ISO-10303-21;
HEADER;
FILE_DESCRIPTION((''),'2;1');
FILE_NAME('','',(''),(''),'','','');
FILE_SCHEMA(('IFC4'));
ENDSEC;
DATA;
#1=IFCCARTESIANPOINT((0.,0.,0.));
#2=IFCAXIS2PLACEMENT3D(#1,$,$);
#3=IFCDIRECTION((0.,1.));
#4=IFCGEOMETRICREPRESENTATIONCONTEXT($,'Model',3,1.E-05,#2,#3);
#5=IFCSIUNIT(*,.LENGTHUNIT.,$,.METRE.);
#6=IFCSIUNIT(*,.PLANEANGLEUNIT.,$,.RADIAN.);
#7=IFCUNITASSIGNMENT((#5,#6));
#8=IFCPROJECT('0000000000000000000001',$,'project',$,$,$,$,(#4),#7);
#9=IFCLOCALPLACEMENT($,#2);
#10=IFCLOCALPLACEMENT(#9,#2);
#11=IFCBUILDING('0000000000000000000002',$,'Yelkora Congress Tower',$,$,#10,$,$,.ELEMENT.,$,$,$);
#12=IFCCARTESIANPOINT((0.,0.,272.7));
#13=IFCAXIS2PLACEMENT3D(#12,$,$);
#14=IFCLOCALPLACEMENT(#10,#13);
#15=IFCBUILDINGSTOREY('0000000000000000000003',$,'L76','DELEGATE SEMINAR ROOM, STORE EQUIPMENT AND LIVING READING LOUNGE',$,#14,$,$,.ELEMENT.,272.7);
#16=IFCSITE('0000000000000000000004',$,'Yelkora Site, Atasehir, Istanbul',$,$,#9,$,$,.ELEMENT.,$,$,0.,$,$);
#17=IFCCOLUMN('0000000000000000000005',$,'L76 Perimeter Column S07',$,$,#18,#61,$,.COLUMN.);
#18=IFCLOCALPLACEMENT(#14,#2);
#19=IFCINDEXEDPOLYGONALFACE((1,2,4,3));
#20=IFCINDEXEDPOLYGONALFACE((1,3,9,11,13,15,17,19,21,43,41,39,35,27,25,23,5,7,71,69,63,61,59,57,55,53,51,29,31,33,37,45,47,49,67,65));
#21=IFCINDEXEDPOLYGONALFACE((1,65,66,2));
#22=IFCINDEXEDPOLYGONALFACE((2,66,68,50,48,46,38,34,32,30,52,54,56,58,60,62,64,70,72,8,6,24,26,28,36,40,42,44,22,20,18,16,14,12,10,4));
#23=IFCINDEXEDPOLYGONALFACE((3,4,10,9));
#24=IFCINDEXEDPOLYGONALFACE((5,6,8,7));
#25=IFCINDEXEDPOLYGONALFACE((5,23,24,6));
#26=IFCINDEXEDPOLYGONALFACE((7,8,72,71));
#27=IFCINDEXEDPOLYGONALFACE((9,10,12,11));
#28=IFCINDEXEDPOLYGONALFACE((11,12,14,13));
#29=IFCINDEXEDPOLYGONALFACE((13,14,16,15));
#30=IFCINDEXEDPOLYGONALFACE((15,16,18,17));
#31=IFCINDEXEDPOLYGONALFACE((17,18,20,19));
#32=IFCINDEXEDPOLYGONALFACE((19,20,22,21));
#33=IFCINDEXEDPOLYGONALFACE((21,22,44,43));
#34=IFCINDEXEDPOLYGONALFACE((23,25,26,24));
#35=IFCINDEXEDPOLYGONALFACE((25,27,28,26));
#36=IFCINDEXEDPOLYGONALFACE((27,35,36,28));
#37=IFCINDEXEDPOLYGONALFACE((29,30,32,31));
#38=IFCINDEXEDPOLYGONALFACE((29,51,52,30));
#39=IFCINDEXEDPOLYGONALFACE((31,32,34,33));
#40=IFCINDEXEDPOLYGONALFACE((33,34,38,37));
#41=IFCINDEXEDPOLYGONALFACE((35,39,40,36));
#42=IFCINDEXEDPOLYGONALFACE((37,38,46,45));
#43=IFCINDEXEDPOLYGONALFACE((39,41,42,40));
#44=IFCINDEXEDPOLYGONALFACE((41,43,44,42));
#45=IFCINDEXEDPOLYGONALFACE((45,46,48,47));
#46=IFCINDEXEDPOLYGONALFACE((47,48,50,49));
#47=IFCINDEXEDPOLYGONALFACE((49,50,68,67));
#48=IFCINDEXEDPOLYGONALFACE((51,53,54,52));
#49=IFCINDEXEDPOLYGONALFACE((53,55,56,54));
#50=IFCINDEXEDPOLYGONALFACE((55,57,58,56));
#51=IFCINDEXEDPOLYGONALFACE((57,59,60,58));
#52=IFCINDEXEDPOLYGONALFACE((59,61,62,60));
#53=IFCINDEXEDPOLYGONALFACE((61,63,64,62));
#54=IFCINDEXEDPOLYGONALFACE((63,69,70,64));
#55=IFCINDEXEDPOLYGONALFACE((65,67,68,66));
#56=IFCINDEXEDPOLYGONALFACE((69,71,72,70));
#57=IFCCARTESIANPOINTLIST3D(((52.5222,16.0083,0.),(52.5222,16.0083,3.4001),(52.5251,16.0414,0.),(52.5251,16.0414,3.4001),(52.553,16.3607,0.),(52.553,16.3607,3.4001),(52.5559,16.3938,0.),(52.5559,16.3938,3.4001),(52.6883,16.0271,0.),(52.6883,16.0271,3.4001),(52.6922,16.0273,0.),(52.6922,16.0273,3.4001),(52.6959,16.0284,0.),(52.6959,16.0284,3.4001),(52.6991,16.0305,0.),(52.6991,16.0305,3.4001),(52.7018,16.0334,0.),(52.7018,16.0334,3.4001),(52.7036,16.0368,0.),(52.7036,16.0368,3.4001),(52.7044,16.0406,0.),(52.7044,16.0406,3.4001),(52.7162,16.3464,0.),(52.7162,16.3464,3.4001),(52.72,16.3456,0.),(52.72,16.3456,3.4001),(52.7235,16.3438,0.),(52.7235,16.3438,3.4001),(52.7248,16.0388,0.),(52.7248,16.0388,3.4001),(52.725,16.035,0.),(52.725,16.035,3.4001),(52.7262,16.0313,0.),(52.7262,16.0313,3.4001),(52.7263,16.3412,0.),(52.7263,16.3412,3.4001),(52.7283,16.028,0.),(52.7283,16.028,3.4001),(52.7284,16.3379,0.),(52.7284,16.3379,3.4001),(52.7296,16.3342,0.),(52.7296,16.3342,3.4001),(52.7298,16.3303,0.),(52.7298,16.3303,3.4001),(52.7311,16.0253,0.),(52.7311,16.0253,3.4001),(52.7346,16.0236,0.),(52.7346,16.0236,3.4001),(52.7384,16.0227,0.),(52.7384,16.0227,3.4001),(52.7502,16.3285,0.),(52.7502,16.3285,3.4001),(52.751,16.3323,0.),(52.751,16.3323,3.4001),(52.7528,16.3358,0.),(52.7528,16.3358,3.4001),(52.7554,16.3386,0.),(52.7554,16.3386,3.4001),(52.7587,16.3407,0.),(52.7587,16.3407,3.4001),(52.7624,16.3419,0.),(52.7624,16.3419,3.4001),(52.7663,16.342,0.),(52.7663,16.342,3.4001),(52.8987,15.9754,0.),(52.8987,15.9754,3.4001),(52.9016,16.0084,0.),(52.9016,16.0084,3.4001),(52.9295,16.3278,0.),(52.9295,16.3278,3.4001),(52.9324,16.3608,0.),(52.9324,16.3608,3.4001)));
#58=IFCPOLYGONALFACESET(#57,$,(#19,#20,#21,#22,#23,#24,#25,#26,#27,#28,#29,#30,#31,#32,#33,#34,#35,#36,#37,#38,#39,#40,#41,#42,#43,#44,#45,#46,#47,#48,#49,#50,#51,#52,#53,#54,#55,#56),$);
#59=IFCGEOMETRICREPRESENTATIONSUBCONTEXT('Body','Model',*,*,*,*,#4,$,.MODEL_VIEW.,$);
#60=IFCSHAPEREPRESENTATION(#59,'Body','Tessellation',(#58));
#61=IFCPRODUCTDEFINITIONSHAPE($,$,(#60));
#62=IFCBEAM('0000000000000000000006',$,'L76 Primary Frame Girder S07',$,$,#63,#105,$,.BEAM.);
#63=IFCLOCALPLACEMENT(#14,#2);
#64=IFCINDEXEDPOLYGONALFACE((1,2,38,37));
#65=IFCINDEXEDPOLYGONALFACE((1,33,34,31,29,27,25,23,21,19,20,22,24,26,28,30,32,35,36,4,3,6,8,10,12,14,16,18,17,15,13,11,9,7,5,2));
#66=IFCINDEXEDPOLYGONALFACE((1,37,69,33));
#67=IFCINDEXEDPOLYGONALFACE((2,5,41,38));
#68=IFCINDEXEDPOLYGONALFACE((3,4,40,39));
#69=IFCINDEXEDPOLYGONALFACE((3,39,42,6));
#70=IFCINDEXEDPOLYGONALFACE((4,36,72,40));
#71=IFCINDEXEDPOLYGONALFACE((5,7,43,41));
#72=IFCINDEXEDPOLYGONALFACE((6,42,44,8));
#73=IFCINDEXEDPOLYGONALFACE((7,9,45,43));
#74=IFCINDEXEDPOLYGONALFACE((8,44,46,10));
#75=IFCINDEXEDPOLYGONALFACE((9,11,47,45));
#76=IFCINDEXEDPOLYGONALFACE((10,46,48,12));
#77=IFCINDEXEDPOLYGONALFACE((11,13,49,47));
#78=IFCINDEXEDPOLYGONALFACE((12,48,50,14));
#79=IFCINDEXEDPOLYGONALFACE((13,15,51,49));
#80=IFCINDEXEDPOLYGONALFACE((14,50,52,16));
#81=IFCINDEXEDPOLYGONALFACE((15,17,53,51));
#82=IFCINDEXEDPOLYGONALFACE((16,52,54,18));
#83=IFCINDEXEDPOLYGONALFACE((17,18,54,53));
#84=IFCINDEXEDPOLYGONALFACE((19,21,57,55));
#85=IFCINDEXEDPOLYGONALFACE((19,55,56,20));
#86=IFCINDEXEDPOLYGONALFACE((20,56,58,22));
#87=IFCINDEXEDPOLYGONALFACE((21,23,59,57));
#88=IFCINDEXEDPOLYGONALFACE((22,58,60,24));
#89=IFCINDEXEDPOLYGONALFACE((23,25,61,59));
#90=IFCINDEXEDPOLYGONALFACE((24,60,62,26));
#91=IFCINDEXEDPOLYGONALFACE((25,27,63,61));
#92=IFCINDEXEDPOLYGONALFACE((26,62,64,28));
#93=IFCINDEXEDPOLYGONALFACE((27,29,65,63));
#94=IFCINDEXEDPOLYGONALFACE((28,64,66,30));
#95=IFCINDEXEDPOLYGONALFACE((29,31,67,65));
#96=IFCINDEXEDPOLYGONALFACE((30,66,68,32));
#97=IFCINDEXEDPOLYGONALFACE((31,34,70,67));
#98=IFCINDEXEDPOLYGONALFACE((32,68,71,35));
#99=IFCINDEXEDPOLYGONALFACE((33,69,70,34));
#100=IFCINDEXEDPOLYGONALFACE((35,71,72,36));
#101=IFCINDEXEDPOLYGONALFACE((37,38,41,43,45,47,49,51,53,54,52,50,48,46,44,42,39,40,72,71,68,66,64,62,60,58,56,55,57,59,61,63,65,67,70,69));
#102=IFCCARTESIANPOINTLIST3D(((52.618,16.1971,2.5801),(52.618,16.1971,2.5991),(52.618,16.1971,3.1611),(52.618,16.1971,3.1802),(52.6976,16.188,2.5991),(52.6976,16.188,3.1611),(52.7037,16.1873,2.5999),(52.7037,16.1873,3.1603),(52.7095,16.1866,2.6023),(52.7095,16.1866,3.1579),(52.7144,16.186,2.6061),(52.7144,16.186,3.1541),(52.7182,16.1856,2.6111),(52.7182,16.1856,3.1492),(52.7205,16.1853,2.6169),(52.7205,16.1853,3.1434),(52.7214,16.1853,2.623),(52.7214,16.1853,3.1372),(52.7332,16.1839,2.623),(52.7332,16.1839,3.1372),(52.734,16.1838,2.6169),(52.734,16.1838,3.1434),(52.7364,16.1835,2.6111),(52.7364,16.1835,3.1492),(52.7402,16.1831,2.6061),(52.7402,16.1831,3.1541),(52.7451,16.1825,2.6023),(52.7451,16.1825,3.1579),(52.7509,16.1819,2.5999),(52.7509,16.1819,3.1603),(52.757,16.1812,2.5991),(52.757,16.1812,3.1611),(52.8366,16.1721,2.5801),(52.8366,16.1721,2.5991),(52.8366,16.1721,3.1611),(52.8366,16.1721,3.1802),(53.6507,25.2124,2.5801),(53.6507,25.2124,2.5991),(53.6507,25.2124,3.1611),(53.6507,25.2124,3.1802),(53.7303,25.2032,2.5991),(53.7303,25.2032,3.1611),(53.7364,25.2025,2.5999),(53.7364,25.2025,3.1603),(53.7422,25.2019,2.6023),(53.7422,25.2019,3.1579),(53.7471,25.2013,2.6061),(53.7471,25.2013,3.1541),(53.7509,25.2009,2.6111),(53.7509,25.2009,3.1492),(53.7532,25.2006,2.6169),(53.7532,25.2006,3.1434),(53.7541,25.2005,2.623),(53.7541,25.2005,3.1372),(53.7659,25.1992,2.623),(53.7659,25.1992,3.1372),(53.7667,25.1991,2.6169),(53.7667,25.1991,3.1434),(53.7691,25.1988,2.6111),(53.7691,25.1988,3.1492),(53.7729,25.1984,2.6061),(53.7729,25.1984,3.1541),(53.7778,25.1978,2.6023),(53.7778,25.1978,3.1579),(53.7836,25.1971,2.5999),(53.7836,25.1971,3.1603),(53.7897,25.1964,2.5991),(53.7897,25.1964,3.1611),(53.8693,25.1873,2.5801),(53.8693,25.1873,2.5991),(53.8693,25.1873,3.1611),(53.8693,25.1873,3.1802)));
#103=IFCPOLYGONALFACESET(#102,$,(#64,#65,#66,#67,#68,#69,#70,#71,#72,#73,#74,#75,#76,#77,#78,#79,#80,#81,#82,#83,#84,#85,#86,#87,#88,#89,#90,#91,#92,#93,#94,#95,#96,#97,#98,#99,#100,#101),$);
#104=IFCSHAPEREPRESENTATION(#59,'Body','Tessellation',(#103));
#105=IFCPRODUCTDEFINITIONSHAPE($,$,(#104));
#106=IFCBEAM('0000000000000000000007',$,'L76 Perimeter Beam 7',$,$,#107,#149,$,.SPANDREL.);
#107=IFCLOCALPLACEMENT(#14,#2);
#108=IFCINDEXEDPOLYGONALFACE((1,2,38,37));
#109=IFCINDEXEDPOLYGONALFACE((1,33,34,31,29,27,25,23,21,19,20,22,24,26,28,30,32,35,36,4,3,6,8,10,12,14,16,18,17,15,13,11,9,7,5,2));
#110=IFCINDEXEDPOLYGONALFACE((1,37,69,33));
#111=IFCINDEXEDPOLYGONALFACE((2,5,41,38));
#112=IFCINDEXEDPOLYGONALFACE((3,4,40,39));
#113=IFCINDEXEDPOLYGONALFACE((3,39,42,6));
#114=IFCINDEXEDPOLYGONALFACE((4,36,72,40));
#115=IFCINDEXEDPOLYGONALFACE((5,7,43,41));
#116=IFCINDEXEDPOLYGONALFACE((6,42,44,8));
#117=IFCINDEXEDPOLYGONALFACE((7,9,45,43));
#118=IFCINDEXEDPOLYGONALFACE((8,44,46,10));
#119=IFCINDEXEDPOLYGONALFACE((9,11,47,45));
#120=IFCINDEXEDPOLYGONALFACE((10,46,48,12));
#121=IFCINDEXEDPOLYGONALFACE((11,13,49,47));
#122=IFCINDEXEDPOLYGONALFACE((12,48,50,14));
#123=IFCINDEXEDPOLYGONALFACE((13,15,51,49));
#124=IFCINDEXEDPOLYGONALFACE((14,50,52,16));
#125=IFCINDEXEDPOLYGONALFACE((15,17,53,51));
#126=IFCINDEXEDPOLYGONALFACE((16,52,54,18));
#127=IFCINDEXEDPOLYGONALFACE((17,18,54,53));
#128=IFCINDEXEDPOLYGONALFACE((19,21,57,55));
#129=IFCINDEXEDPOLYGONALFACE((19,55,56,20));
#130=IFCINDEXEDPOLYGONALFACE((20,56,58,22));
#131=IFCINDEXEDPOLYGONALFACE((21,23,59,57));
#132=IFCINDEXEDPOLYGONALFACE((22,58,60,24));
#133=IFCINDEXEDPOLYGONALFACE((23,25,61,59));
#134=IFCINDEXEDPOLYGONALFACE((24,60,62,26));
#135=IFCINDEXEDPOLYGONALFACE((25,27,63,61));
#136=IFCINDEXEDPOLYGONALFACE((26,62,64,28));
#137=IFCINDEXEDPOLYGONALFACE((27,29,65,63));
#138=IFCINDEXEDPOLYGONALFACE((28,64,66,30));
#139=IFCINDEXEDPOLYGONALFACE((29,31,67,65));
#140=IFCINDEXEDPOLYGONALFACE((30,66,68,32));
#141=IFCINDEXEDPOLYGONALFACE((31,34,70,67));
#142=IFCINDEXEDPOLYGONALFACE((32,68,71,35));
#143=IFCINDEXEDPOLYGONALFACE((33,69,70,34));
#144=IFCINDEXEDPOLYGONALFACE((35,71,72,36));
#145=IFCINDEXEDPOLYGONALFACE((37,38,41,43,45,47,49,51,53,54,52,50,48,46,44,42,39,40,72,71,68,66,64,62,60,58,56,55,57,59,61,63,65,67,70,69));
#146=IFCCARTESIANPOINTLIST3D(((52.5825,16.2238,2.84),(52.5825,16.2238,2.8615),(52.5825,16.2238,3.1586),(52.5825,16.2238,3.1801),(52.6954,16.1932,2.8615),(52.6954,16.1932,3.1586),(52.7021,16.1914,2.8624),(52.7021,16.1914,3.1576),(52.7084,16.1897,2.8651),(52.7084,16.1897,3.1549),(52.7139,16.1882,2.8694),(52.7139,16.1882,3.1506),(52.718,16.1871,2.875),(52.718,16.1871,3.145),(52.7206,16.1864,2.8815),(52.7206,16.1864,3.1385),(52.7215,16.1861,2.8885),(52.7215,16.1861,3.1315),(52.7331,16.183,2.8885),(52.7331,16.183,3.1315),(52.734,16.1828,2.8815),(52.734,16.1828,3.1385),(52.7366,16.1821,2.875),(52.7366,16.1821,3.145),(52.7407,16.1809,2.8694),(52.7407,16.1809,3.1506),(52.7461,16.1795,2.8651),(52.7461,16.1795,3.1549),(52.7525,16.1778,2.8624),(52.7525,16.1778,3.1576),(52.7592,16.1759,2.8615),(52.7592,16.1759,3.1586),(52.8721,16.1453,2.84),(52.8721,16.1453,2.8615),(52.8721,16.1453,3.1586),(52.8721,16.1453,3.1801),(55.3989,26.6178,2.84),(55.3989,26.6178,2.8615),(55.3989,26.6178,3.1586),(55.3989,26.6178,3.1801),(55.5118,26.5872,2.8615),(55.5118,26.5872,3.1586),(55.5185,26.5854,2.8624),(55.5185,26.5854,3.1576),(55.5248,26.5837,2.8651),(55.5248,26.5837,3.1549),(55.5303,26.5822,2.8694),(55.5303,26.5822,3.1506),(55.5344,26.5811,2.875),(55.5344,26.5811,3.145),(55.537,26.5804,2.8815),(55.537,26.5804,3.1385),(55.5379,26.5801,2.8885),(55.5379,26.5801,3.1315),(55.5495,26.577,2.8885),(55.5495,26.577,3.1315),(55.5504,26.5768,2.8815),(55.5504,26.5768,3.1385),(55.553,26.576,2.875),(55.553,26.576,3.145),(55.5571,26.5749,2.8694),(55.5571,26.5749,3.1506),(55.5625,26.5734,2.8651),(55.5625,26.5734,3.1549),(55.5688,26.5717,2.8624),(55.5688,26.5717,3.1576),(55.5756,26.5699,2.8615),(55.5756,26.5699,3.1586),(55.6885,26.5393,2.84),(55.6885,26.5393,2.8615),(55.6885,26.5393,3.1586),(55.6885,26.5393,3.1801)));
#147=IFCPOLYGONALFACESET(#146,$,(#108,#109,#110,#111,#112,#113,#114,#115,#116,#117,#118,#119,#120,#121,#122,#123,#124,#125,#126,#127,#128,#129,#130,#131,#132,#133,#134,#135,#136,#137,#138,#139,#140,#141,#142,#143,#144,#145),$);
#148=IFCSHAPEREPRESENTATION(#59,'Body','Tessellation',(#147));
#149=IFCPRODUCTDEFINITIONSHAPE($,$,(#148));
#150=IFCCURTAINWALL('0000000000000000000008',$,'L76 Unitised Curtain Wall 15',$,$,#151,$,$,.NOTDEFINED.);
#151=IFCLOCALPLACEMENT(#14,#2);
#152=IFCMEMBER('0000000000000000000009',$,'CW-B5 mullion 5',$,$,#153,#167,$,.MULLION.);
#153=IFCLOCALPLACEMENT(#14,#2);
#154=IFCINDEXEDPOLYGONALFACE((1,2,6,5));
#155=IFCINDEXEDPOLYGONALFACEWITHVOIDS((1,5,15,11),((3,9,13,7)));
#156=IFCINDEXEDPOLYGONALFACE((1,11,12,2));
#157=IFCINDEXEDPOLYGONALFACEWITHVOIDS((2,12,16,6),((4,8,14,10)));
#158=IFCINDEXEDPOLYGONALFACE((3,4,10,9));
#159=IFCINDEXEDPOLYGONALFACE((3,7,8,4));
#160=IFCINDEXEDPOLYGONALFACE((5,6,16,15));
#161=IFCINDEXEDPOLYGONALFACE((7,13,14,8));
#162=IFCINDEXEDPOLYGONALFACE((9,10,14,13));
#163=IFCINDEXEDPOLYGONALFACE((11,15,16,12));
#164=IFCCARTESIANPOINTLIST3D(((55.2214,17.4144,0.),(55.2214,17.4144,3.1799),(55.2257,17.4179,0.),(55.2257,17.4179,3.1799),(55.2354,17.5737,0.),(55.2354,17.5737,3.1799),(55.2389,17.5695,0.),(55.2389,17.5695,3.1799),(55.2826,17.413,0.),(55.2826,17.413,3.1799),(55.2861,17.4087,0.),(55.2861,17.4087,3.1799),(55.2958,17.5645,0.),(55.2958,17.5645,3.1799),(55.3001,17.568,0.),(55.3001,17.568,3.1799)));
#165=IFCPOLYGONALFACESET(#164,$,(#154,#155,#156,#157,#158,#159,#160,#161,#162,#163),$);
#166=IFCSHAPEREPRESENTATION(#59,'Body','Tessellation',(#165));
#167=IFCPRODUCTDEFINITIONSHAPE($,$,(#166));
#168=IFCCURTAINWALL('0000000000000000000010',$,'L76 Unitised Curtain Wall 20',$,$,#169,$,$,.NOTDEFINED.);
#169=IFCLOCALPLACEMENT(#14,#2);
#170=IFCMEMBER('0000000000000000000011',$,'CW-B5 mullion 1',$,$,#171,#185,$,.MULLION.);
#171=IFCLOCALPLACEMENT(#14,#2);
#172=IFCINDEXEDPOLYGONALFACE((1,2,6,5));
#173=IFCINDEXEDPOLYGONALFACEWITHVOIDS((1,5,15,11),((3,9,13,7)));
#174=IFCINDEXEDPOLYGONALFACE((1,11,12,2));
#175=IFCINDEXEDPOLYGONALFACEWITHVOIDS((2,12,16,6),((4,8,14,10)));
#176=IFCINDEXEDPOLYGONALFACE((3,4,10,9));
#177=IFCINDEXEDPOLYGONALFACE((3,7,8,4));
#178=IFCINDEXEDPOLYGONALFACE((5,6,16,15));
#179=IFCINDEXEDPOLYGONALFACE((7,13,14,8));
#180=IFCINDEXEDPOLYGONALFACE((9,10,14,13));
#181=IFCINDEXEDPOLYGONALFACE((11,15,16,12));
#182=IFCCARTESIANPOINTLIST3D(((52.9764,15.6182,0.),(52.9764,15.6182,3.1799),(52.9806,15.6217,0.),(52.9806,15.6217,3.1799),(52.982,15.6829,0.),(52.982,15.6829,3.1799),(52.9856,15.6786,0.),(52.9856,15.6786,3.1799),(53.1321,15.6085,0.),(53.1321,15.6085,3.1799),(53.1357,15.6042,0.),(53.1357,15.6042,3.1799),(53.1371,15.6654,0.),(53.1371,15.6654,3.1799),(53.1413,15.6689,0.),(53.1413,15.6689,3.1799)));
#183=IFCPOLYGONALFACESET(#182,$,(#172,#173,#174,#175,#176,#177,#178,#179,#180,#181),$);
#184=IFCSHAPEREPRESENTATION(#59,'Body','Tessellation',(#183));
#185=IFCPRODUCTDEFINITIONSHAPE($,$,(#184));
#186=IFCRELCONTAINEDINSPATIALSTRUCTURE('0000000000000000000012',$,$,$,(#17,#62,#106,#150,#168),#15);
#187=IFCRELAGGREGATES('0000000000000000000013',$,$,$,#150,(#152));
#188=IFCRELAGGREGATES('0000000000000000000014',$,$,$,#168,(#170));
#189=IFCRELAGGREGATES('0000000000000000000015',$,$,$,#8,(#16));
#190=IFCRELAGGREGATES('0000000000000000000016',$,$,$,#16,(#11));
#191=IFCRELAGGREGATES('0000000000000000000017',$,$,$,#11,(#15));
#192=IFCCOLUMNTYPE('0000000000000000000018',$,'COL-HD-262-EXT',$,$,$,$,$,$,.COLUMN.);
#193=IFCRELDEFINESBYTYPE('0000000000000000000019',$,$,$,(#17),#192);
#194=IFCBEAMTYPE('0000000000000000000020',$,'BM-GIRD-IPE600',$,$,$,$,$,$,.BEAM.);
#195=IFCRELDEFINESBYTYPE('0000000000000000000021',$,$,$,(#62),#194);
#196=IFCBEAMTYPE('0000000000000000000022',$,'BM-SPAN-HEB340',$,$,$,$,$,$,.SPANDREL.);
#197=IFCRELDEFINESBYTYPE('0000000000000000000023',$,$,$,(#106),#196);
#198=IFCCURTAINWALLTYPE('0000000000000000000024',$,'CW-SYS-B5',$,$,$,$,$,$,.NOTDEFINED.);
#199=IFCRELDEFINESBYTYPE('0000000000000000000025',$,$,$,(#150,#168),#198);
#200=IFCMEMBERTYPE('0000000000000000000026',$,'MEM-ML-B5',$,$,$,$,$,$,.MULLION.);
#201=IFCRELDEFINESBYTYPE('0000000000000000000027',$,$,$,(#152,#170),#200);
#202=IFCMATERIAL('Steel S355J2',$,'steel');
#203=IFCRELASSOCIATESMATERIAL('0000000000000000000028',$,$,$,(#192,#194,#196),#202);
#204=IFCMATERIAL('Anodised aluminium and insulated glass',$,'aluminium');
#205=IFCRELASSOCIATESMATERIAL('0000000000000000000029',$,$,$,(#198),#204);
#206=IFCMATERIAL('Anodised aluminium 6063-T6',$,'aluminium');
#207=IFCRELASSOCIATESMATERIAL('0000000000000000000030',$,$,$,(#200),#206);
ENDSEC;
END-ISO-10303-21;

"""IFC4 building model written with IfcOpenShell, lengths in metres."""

from ifc_helpers import new_model, si_unit, direction, frame, origin, origin_2d, place, context, subcontext, project, spatial, hollow_rectangle, i_section, extrude, material, material_profile, profile_set, type_object, element, aggregate, save


model = new_model("IFC4")

# Units and contexts
model_context = context("Model", 3, precision=1e-05, world=origin(), true_north=direction((0.0, 1.0)))
body_context = subcontext(model_context, "Body", "Model", "MODEL_VIEW")
ifc_project = project(units=[si_unit("LENGTHUNIT", "METRE"), si_unit("PLANEANGLEUNIT", "RADIAN")], contexts=[model_context])

# Site, building, storey
site_placement = place(None, origin())
site = spatial("IfcSite", under=ifc_project, at=site_placement, Name="Yelkora Site, Atasehir, Istanbul", CompositionType="ELEMENT", RefElevation=0.0)
building_placement = place(site_placement, origin())
building = spatial("IfcBuilding", under=site, at=building_placement, Name="Yelkora Congress Tower", CompositionType="ELEMENT")
storey_placement = place(building_placement, frame((0.0, 0.0, 272.7)))
storey = spatial("IfcBuildingStorey", under=building, at=storey_placement, Name="L76", Description="DELEGATE SEMINAR ROOM, STORE EQUIPMENT AND LIVING READING LOUNGE", CompositionType="ELEMENT", Elevation=272.7)

# Column
ifc_material_1 = material(Name="Steel S355J2", Category="steel")
ifc_material_profile_1 = material_profile(ifc_material_1, i_section(OverallWidth=0.3779, OverallDepth=0.387, WebThickness=0.0205, FlangeThickness=0.0332, FilletRadius=0.0149, at=origin_2d()), Name="HD 360x262")
ifc_profile_set_1 = profile_set([ifc_material_profile_1], Name="Steel S355J2")
column_type = type_object("IfcColumnType", Name="COL-HD-262-EXT", PredefinedType="COLUMN", material=ifc_profile_set_1)
column_placement = place(storey_placement, frame((52.7273, 16.1846, 0.0), z_axis=(0.0, 0.0, 1.0), x_axis=(0.996195, -0.087156, 0.0)))
element("IfcColumn", 1, at=column_placement, inside=storey, type_object=column_type, Name="L76 Perimeter Column S07", PredefinedType="COLUMN", context=body_context, shape_type="SweptSolid", body=[
    extrude(i_section(OverallWidth=0.3779, OverallDepth=0.387, WebThickness=0.0205, FlangeThickness=0.0332, FilletRadius=0.0149, at=origin_2d()), origin(), (0.0, 0.0, 1.0), 3.4001),
])

# Beams
ifc_material_profile_2 = material_profile(ifc_material_1, i_section(OverallWidth=0.22, OverallDepth=0.6001, WebThickness=0.012, FlangeThickness=0.019, FilletRadius=0.0239, at=origin_2d()), Name="IPE 600")
ifc_profile_set_2 = profile_set([ifc_material_profile_2], Name="Steel S355J2")
beam_type_1 = type_object("IfcBeamType", Name="BM-GIRD-IPE600", PredefinedType="BEAM", material=ifc_profile_set_2)
beam_1_placement = place(storey_placement, frame((52.7273, 16.1846, 2.8801), z_axis=(0.113806, 0.993503, 0.0), x_axis=(-0.993503, 0.113806, 0.0)))
element("IfcBeam", 2, at=beam_1_placement, inside=storey, type_object=beam_type_1, Name="L76 Primary Frame Girder S07", PredefinedType="BEAM", context=body_context, shape_type="SweptSolid", body=[
    extrude(i_section(OverallWidth=0.22, OverallDepth=0.6001, WebThickness=0.012, FlangeThickness=0.019, FilletRadius=0.0239, at=origin_2d()), origin(), (0.0, 0.0, 1.0), 9.0742),
])
ifc_material_profile_3 = material_profile(ifc_material_1, i_section(OverallWidth=0.3, OverallDepth=0.3401, WebThickness=0.012, FlangeThickness=0.0215, FilletRadius=0.0271, at=origin_2d()), Name="HEB 340")
ifc_profile_set_3 = profile_set([ifc_material_profile_3], Name="Steel S355J2")
beam_type_2 = type_object("IfcBeamType", Name="BM-SPAN-HEB340", PredefinedType="SPANDREL", material=ifc_profile_set_3)
beam_2_placement = place(storey_placement, frame((52.7273, 16.1846, 3.01), z_axis=(0.261533, 0.965195, 0.0), x_axis=(-0.965195, 0.261533, 0.0)))
element("IfcBeam", 3, at=beam_2_placement, inside=storey, type_object=beam_type_2, Name="L76 Perimeter Beam 7", PredefinedType="SPANDREL", context=body_context, shape_type="SweptSolid", body=[
    extrude(i_section(OverallWidth=0.3, OverallDepth=0.3401, WebThickness=0.012, FlangeThickness=0.0215, FilletRadius=0.0271, at=origin_2d()), origin(), (0.0, 0.0, 1.0), 10.7688),
])

# Curtain wall, member
ifc_material_2 = material(Name="Anodised aluminium and insulated glass", Category="aluminium")
curtain_wall_type = type_object("IfcCurtainWallType", Name="CW-SYS-B5", PredefinedType="NOTDEFINED", material=ifc_material_2)
curtain_wall_1_placement = place(storey_placement, origin())
curtain_wall_1 = element("IfcCurtainWall", 4, at=curtain_wall_1_placement, inside=storey, type_object=curtain_wall_type, Name="L76 Unitised Curtain Wall 15", PredefinedType="NOTDEFINED")
ifc_material_3 = material(Name="Anodised aluminium 6063-T6", Category="aluminium")
ifc_material_profile_4 = material_profile(ifc_material_3, hollow_rectangle(XDim=0.0649, YDim=0.1599, WallThickness=0.0039, at=origin_2d()), Name="ALU 65x160x4")
ifc_profile_set_4 = profile_set([ifc_material_profile_4], Name="Anodised aluminium 6063-T6")
member_type_1 = type_object("IfcMemberType", Name="MEM-ML-B5", PredefinedType="MULLION", material=ifc_profile_set_4)
member_1_placement = place(storey_placement, frame((55.2607, 17.4912, 0.0), z_axis=(0.0, 0.0, 1.0), x_axis=(0.996194, -0.087158, 0.0)))
member_1 = element("IfcMember", 5, at=member_1_placement, type_object=member_type_1, Name="CW-B5 mullion 5", PredefinedType="MULLION", context=body_context, shape_type="SweptSolid", body=[
    extrude(hollow_rectangle(XDim=0.0649, YDim=0.1599, WallThickness=0.0039, at=origin_2d()), origin(), (0.0, 0.0, 1.0), 3.1799),
])
aggregate(curtain_wall_1, [member_1])

# Curtain wall, member
curtain_wall_2_placement = place(storey_placement, origin())
curtain_wall_2 = element("IfcCurtainWall", 6, at=curtain_wall_2_placement, inside=storey, type_object=curtain_wall_type, Name="L76 Unitised Curtain Wall 20", PredefinedType="NOTDEFINED")
member_2_placement = place(storey_placement, frame((53.0588, 15.6436, 0.0), z_axis=(0.0, 0.0, 1.0), x_axis=(-0.087157, -0.996195, 0.0)))
member_2 = element("IfcMember", 7, at=member_2_placement, type_object=member_type_1, Name="CW-B5 mullion 1", PredefinedType="MULLION", context=body_context, shape_type="SweptSolid", body=[
    extrude(hollow_rectangle(XDim=0.0649, YDim=0.1599, WallThickness=0.0039, at=origin_2d()), origin(), (0.0, 0.0, 1.0), 3.1799),
])
aggregate(curtain_wall_2, [member_2])

save(model, "model.ifc")
